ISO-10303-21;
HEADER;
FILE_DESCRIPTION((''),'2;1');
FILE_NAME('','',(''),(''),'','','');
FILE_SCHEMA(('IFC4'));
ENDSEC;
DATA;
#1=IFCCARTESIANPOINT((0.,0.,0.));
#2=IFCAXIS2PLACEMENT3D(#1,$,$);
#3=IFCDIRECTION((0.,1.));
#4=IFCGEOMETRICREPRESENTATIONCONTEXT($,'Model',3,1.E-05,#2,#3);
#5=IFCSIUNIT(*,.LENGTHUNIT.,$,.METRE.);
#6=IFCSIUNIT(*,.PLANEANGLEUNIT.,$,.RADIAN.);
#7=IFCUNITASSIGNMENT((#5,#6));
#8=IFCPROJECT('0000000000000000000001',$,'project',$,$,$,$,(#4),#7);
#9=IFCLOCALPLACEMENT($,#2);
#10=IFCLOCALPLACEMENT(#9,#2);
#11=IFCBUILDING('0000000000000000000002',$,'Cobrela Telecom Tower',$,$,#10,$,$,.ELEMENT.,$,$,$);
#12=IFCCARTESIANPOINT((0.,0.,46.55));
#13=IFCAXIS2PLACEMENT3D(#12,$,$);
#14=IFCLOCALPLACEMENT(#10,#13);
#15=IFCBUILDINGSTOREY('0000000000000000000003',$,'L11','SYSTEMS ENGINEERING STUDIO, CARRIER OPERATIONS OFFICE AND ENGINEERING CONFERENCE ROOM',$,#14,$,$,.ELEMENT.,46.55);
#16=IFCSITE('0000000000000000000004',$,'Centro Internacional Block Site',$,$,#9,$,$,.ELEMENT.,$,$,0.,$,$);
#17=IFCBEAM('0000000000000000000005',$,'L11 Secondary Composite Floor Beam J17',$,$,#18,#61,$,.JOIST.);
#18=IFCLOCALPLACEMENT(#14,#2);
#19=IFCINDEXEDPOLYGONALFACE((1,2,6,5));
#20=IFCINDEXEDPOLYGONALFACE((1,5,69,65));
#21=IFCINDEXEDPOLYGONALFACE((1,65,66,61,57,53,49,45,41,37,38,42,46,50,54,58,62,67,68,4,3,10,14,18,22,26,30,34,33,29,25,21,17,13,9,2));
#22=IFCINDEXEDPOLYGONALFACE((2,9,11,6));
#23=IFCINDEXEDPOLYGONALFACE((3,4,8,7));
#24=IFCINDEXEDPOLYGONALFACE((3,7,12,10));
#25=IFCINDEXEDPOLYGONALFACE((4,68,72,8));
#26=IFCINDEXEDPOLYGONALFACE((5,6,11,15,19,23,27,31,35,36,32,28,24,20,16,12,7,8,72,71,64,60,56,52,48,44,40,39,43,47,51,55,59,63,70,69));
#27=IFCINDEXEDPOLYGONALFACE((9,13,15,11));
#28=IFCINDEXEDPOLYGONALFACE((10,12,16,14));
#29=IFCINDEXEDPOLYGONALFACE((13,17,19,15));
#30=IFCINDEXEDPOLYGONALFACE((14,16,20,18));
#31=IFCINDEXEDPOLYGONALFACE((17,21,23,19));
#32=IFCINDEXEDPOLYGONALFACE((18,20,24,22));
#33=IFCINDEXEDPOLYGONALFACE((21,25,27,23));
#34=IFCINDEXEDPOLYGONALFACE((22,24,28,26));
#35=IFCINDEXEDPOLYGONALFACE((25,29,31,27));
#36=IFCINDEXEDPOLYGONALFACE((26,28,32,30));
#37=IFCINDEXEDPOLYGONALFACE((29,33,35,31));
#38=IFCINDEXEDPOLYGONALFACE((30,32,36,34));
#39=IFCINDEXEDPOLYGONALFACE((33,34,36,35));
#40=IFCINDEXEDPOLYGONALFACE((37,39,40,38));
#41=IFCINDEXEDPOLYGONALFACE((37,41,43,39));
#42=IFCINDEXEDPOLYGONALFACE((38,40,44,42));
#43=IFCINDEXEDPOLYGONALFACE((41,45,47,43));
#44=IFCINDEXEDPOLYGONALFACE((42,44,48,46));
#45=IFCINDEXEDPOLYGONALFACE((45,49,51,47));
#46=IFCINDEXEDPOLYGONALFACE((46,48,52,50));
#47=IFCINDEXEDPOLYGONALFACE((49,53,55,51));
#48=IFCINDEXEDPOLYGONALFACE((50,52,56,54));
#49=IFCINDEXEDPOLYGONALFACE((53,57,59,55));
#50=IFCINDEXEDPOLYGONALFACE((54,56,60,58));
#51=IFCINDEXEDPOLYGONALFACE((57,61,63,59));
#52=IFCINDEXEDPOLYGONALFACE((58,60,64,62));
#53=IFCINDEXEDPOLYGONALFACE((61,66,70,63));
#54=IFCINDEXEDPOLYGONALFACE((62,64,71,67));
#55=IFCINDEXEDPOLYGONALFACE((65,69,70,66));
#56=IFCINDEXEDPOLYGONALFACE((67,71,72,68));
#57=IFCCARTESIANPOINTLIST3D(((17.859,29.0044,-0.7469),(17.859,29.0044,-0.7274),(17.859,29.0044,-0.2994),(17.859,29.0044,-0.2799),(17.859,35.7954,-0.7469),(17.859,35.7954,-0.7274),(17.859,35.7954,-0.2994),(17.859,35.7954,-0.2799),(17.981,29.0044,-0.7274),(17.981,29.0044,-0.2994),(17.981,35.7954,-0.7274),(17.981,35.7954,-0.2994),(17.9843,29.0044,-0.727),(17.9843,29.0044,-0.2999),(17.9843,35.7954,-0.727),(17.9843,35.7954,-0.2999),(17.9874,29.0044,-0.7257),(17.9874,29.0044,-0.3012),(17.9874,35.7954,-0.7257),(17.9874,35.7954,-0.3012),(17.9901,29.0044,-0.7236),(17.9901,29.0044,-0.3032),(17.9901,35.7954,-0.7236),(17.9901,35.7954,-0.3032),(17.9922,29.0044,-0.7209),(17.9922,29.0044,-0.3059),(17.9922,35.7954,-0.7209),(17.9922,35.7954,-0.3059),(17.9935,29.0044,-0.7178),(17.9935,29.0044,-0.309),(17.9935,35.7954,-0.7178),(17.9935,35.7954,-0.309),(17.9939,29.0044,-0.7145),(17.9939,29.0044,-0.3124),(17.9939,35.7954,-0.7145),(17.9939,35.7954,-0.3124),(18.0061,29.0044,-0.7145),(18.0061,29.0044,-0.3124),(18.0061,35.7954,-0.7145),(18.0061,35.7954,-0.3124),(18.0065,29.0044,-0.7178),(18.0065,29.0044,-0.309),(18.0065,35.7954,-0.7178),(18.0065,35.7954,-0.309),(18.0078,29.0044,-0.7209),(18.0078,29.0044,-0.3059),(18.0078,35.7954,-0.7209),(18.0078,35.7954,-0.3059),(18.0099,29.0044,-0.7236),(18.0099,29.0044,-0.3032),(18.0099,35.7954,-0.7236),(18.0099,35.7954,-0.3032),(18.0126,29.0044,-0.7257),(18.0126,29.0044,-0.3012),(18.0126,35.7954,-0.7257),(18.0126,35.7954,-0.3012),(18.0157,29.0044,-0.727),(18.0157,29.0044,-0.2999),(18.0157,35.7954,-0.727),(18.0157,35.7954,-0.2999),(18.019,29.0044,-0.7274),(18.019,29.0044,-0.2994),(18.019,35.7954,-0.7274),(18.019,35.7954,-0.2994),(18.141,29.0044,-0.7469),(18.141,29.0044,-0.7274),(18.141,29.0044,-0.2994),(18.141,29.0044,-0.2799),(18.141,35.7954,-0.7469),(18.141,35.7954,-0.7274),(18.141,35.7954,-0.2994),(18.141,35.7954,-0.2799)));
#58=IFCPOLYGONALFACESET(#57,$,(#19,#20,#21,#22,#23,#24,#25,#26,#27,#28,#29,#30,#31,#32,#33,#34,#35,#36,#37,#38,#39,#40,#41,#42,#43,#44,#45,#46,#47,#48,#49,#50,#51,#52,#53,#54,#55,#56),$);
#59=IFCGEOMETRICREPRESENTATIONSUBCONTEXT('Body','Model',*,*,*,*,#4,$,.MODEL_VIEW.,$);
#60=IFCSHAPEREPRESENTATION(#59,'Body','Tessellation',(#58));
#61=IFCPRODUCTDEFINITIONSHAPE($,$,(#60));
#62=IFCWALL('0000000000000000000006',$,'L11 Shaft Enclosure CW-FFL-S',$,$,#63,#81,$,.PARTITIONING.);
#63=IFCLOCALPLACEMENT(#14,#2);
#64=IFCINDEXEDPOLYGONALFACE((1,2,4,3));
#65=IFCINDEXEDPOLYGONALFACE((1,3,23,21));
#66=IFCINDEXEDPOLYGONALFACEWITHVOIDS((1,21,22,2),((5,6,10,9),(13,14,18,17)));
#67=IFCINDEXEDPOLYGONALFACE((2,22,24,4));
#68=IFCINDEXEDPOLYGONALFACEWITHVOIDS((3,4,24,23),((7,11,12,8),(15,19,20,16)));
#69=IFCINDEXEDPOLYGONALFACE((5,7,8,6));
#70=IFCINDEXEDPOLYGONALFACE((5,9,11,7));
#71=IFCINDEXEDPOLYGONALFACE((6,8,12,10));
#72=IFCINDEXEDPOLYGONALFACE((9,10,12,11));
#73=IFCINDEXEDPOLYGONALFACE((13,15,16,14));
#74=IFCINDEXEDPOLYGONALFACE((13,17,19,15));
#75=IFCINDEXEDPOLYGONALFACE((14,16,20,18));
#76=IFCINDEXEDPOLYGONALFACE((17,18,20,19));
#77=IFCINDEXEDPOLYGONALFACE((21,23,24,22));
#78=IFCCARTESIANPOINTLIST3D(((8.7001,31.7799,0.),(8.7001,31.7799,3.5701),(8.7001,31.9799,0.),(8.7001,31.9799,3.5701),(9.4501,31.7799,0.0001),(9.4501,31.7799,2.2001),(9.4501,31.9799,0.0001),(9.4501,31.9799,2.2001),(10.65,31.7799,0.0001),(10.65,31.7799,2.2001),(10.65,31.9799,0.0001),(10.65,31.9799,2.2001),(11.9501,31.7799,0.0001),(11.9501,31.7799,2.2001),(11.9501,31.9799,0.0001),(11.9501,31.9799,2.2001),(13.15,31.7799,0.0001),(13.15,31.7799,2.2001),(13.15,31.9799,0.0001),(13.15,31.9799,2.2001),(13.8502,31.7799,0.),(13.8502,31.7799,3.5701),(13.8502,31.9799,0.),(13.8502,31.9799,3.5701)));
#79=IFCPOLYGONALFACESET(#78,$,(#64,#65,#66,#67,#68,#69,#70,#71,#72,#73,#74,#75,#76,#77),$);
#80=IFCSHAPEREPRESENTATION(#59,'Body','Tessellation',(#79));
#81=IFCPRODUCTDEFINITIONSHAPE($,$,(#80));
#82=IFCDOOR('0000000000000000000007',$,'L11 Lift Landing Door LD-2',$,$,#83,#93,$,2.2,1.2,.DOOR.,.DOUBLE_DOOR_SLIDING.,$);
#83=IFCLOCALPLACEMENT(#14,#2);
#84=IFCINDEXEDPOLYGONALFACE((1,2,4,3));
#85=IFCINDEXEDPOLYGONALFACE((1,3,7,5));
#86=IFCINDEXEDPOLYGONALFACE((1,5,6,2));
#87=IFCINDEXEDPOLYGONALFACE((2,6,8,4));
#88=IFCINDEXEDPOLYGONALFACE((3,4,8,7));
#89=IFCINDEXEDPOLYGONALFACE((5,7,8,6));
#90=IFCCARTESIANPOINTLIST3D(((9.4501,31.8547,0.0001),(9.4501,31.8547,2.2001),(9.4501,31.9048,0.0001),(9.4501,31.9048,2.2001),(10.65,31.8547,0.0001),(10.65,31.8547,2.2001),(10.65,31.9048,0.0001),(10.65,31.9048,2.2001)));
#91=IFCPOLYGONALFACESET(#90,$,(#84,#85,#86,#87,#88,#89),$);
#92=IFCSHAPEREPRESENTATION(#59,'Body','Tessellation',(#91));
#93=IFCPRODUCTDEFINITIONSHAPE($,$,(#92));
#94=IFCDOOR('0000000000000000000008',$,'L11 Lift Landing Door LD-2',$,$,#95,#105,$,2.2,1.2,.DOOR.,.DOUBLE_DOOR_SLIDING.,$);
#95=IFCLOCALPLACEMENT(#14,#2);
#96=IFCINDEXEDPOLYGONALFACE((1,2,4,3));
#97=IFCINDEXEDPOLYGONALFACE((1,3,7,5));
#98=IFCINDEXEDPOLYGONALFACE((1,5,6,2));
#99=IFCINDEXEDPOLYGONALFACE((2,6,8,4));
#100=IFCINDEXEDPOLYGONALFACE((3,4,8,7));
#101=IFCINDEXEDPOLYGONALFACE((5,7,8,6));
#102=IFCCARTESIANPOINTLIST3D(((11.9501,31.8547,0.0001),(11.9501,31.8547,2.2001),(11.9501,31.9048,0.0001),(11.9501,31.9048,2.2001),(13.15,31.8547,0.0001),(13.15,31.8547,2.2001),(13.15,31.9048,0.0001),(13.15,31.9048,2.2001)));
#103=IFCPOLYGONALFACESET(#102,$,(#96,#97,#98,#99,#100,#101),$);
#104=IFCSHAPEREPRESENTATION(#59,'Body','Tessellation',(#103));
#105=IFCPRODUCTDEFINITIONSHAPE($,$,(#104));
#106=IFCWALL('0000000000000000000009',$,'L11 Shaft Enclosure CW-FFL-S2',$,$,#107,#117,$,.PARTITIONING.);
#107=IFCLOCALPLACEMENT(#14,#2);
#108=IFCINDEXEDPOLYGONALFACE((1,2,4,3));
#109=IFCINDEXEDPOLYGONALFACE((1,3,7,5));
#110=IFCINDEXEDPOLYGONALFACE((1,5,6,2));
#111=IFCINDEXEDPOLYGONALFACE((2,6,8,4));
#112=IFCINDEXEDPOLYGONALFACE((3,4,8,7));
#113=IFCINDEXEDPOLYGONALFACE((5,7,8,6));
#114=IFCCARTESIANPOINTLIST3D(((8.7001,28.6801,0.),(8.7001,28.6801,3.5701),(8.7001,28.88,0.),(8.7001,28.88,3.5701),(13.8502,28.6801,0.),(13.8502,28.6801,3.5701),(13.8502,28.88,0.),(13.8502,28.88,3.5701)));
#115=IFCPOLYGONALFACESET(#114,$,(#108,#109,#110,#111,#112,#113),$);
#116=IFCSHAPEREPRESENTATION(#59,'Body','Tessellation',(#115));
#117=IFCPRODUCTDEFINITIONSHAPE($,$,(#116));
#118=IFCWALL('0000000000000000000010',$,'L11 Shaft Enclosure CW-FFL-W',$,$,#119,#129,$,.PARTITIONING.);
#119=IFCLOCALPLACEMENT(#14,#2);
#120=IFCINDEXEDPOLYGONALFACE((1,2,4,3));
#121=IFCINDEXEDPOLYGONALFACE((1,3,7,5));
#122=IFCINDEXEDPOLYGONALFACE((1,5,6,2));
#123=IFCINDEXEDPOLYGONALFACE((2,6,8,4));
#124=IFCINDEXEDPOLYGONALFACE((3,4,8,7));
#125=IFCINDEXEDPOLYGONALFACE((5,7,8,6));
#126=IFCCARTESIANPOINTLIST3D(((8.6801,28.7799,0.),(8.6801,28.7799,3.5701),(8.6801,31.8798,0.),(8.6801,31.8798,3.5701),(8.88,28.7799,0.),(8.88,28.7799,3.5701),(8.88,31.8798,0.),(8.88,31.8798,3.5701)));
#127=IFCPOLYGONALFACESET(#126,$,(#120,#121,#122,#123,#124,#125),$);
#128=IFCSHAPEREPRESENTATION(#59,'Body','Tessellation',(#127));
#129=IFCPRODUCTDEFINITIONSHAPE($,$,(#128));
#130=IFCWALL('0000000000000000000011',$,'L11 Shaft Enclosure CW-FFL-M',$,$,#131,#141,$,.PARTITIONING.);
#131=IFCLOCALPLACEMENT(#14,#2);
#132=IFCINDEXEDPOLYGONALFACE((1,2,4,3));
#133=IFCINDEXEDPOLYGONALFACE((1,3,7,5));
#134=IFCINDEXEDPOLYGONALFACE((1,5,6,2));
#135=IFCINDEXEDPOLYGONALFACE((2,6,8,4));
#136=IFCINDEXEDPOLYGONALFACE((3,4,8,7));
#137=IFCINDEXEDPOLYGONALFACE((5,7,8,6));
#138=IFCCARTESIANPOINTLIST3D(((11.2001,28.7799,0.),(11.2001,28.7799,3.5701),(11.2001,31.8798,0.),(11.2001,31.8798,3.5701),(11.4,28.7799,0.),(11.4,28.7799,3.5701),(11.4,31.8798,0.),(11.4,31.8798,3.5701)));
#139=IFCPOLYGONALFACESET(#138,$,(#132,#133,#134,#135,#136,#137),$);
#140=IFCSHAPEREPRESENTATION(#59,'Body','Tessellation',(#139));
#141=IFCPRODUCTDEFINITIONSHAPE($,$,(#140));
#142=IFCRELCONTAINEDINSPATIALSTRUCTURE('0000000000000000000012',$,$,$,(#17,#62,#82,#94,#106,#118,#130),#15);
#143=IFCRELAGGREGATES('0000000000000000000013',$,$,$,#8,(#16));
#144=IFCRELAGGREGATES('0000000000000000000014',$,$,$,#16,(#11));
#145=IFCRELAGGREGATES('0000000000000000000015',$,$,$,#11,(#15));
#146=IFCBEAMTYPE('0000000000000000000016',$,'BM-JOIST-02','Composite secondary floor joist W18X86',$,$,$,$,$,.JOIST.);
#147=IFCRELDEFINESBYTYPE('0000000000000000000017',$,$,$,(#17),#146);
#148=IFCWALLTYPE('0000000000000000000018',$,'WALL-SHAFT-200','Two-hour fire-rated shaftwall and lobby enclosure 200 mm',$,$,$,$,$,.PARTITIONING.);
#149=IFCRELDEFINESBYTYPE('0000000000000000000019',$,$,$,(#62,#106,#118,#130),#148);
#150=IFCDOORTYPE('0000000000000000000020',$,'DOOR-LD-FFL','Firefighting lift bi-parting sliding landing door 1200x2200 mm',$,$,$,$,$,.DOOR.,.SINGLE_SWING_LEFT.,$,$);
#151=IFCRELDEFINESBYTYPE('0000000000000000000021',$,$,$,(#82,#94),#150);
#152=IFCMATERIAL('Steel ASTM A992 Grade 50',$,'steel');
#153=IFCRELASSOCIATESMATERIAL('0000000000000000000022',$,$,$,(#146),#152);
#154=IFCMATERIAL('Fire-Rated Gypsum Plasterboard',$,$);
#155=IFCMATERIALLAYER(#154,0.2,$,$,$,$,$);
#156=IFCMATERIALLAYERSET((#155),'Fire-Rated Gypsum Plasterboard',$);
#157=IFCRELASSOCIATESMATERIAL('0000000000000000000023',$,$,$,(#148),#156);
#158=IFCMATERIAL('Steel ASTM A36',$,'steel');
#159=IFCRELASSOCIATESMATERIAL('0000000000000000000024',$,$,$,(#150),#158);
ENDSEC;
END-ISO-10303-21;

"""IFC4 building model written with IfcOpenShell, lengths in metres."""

from ifc_helpers import new_model, si_unit, direction, frame, frame_2d, origin, origin_2d, place, context, subcontext, project, spatial, rectangle, i_section, extrude, material, layer, layer_set, material_profile, profile_set, type_object, element, fill, save


model = new_model("IFC4")

# Units and contexts
model_context = context("Model", 3, precision=1e-05, world=origin(), true_north=direction((0.0, 1.0)))
body_context = subcontext(model_context, "Body", "Model", "MODEL_VIEW")
ifc_project = project(units=[si_unit("LENGTHUNIT", "METRE"), si_unit("PLANEANGLEUNIT", "RADIAN")], contexts=[model_context])

# Site, building, storey
site_placement = place(None, origin())
site = spatial("IfcSite", under=ifc_project, at=site_placement, Name="Centro Internacional Block Site", CompositionType="ELEMENT", RefElevation=0.0)
building_placement = place(site_placement, origin())
building = spatial("IfcBuilding", under=site, at=building_placement, Name="Cobrela Telecom Tower", CompositionType="ELEMENT")
storey_placement = place(building_placement, frame((0.0, 0.0, 46.55)))
storey = spatial("IfcBuildingStorey", under=building, at=storey_placement, Name="L11", Description="SYSTEMS ENGINEERING STUDIO, CARRIER OPERATIONS OFFICE AND ENGINEERING CONFERENCE ROOM", CompositionType="ELEMENT", Elevation=46.55)

# Beam
ifc_material_1 = material(Name="Steel ASTM A992 Grade 50", Category="steel")
ifc_material_profile_1 = material_profile(ifc_material_1, i_section(OverallWidth=0.282, OverallDepth=0.467, WebThickness=0.0122, FlangeThickness=0.0195, FilletRadius=0.0129, at=origin_2d()), Name="W18X86")
ifc_profile_set_1 = profile_set([ifc_material_profile_1], Name="Steel ASTM A992 Grade 50")
beam_type_1 = type_object("IfcBeamType", Name="BM-JOIST-02", Description="Composite secondary floor joist W18X86", PredefinedType="JOIST", material=ifc_profile_set_1)
for number, where, z_axis, x_axis, name in (
    (1, (18.0, 29.0044, -0.5134), (0.0, 1.0, 0.0), (-1.0, 0.0, 0.0), "L11 Secondary Composite Floor Beam J17"),
):
    element("IfcBeam", number, at=place(storey_placement, frame(where, z_axis=z_axis, x_axis=x_axis)), inside=storey, type_object=beam_type_1, Name=name, PredefinedType="JOIST", context=body_context, shape_type="SweptSolid", body=[
        extrude(i_section(OverallWidth=0.282, OverallDepth=0.467, WebThickness=0.0122, FlangeThickness=0.0195, FilletRadius=0.0129, at=origin_2d()), origin(), (0.0, 0.0, 1.0), 6.791),
    ])

# Wall, openings, doors
ifc_material_2 = material(Name="Steel ASTM A36", Category="steel")
ifc_material_3 = material(Name="Fire-Rated Gypsum Plasterboard")
ifc_layer_1 = layer(ifc_material_3, 0.2)
ifc_layer_set_1 = layer_set([ifc_layer_1], Name="Fire-Rated Gypsum Plasterboard")
wall_type_1 = type_object("IfcWallType", Name="WALL-SHAFT-200", Description="Two-hour fire-rated shaftwall and lobby enclosure 200 mm", PredefinedType="PARTITIONING", material=ifc_layer_set_1)
wall_1_placement = place(storey_placement, frame((8.7, 31.8799, 0.0), z_axis=(0.0, 0.0, 1.0), x_axis=(1.0, 0.0, 0.0)))
wall_1 = element("IfcWall", 2, at=wall_1_placement, inside=storey, type_object=wall_type_1, Name="L11 Shaft Enclosure CW-FFL-S", PredefinedType="PARTITIONING", context=body_context, shape_type="SweptSolid", body=[
    extrude(rectangle(XDim=5.1501, YDim=0.2, at=frame_2d((2.5752, 0.0))), origin(), (0.0, 0.0, 1.0), 3.5701),
])
opening_1_placement = place(wall_1_placement, frame((0.75, 0.0, 0.0)))
opening_1 = element("IfcOpeningElement", 3, at=opening_1_placement, cuts=wall_1, PredefinedType="OPENING", context=body_context, shape_type="SweptSolid", body=[
    extrude(rectangle(XDim=1.2, YDim=2.2, at=frame_2d((0.6001, 1.1001))), frame((0.0, 0.1118, 0.0), z_axis=(0.0, -1.0, 0.0), x_axis=(1.0, 0.0, 0.0)), (0.0, 0.0, 1.0), 0.2239),
])
opening_2_placement = place(wall_1_placement, frame((3.25, 0.0, 0.0)))
opening_2 = element("IfcOpeningElement", 4, at=opening_2_placement, cuts=wall_1, PredefinedType="OPENING", context=body_context, shape_type="SweptSolid", body=[
    extrude(rectangle(XDim=1.2, YDim=2.2, at=frame_2d((0.6001, 1.1001))), frame((0.0, 0.1118, 0.0), z_axis=(0.0, -1.0, 0.0), x_axis=(1.0, 0.0, 0.0)), (0.0, 0.0, 1.0), 0.2239),
])
door_type_1 = type_object("IfcDoorType", Name="DOOR-LD-FFL", Description="Firefighting lift bi-parting sliding landing door 1200x2200 mm", OperationType="SINGLE_SWING_LEFT", PredefinedType="DOOR", material=ifc_material_2)
door_1_placement = place(opening_1_placement, origin())
door_1 = element("IfcDoor", 5, at=door_1_placement, inside=storey, type_object=door_type_1, Name="L11 Lift Landing Door LD-2", OperationType="DOUBLE_DOOR_SLIDING", OverallHeight=2.2, OverallWidth=1.2, PredefinedType="DOOR", context=body_context, shape_type="SweptSolid", body=[
    extrude(rectangle(XDim=1.2, YDim=2.2, at=frame_2d((0.6001, 1.1001))), frame((0.0, 0.0249, 0.0), z_axis=(0.0, -1.0, 0.0), x_axis=(1.0, 0.0, 0.0)), (0.0, 0.0, 1.0), 0.05),
])
fill(opening_1, door_1)
door_2_placement = place(opening_2_placement, origin())
door_2 = element("IfcDoor", 6, at=door_2_placement, inside=storey, type_object=door_type_1, Name="L11 Lift Landing Door LD-2", OperationType="DOUBLE_DOOR_SLIDING", OverallHeight=2.2, OverallWidth=1.2, PredefinedType="DOOR", context=body_context, shape_type="SweptSolid", body=[
    extrude(rectangle(XDim=1.2, YDim=2.2, at=frame_2d((0.6001, 1.1001))), frame((0.0, 0.0249, 0.0), z_axis=(0.0, -1.0, 0.0), x_axis=(1.0, 0.0, 0.0)), (0.0, 0.0, 1.0), 0.05),
])
fill(opening_2, door_2)

# Walls
wall_2_placement = place(storey_placement, frame((8.7, 28.78, 0.0), z_axis=(0.0, 0.0, 1.0), x_axis=(1.0, 0.0, 0.0)))
element("IfcWall", 7, at=wall_2_placement, inside=storey, type_object=wall_type_1, Name="L11 Shaft Enclosure CW-FFL-S2", PredefinedType="PARTITIONING", context=body_context, shape_type="SweptSolid", body=[
    extrude(rectangle(XDim=5.1501, YDim=0.2, at=frame_2d((2.5752, 0.0))), origin(), (0.0, 0.0, 1.0), 3.5701),
])
for number, where, z_axis, x_axis, name in (
    (8, (8.78, 28.78, 0.0), (0.0, 0.0, 1.0), (0.0, 1.0, 0.0), "L11 Shaft Enclosure CW-FFL-W"),
    (9, (11.3, 28.78, 0.0), (0.0, 0.0, 1.0), (0.0, 1.0, 0.0), "L11 Shaft Enclosure CW-FFL-M"),
):
    element("IfcWall", number, at=place(storey_placement, frame(where, z_axis=z_axis, x_axis=x_axis)), inside=storey, type_object=wall_type_1, Name=name, PredefinedType="PARTITIONING", context=body_context, shape_type="SweptSolid", body=[
        extrude(rectangle(XDim=3.0999, YDim=0.2, at=frame_2d((1.5498, 0.0))), origin(), (0.0, 0.0, 1.0), 3.5701),
    ])

save(model, "model.ifc")
